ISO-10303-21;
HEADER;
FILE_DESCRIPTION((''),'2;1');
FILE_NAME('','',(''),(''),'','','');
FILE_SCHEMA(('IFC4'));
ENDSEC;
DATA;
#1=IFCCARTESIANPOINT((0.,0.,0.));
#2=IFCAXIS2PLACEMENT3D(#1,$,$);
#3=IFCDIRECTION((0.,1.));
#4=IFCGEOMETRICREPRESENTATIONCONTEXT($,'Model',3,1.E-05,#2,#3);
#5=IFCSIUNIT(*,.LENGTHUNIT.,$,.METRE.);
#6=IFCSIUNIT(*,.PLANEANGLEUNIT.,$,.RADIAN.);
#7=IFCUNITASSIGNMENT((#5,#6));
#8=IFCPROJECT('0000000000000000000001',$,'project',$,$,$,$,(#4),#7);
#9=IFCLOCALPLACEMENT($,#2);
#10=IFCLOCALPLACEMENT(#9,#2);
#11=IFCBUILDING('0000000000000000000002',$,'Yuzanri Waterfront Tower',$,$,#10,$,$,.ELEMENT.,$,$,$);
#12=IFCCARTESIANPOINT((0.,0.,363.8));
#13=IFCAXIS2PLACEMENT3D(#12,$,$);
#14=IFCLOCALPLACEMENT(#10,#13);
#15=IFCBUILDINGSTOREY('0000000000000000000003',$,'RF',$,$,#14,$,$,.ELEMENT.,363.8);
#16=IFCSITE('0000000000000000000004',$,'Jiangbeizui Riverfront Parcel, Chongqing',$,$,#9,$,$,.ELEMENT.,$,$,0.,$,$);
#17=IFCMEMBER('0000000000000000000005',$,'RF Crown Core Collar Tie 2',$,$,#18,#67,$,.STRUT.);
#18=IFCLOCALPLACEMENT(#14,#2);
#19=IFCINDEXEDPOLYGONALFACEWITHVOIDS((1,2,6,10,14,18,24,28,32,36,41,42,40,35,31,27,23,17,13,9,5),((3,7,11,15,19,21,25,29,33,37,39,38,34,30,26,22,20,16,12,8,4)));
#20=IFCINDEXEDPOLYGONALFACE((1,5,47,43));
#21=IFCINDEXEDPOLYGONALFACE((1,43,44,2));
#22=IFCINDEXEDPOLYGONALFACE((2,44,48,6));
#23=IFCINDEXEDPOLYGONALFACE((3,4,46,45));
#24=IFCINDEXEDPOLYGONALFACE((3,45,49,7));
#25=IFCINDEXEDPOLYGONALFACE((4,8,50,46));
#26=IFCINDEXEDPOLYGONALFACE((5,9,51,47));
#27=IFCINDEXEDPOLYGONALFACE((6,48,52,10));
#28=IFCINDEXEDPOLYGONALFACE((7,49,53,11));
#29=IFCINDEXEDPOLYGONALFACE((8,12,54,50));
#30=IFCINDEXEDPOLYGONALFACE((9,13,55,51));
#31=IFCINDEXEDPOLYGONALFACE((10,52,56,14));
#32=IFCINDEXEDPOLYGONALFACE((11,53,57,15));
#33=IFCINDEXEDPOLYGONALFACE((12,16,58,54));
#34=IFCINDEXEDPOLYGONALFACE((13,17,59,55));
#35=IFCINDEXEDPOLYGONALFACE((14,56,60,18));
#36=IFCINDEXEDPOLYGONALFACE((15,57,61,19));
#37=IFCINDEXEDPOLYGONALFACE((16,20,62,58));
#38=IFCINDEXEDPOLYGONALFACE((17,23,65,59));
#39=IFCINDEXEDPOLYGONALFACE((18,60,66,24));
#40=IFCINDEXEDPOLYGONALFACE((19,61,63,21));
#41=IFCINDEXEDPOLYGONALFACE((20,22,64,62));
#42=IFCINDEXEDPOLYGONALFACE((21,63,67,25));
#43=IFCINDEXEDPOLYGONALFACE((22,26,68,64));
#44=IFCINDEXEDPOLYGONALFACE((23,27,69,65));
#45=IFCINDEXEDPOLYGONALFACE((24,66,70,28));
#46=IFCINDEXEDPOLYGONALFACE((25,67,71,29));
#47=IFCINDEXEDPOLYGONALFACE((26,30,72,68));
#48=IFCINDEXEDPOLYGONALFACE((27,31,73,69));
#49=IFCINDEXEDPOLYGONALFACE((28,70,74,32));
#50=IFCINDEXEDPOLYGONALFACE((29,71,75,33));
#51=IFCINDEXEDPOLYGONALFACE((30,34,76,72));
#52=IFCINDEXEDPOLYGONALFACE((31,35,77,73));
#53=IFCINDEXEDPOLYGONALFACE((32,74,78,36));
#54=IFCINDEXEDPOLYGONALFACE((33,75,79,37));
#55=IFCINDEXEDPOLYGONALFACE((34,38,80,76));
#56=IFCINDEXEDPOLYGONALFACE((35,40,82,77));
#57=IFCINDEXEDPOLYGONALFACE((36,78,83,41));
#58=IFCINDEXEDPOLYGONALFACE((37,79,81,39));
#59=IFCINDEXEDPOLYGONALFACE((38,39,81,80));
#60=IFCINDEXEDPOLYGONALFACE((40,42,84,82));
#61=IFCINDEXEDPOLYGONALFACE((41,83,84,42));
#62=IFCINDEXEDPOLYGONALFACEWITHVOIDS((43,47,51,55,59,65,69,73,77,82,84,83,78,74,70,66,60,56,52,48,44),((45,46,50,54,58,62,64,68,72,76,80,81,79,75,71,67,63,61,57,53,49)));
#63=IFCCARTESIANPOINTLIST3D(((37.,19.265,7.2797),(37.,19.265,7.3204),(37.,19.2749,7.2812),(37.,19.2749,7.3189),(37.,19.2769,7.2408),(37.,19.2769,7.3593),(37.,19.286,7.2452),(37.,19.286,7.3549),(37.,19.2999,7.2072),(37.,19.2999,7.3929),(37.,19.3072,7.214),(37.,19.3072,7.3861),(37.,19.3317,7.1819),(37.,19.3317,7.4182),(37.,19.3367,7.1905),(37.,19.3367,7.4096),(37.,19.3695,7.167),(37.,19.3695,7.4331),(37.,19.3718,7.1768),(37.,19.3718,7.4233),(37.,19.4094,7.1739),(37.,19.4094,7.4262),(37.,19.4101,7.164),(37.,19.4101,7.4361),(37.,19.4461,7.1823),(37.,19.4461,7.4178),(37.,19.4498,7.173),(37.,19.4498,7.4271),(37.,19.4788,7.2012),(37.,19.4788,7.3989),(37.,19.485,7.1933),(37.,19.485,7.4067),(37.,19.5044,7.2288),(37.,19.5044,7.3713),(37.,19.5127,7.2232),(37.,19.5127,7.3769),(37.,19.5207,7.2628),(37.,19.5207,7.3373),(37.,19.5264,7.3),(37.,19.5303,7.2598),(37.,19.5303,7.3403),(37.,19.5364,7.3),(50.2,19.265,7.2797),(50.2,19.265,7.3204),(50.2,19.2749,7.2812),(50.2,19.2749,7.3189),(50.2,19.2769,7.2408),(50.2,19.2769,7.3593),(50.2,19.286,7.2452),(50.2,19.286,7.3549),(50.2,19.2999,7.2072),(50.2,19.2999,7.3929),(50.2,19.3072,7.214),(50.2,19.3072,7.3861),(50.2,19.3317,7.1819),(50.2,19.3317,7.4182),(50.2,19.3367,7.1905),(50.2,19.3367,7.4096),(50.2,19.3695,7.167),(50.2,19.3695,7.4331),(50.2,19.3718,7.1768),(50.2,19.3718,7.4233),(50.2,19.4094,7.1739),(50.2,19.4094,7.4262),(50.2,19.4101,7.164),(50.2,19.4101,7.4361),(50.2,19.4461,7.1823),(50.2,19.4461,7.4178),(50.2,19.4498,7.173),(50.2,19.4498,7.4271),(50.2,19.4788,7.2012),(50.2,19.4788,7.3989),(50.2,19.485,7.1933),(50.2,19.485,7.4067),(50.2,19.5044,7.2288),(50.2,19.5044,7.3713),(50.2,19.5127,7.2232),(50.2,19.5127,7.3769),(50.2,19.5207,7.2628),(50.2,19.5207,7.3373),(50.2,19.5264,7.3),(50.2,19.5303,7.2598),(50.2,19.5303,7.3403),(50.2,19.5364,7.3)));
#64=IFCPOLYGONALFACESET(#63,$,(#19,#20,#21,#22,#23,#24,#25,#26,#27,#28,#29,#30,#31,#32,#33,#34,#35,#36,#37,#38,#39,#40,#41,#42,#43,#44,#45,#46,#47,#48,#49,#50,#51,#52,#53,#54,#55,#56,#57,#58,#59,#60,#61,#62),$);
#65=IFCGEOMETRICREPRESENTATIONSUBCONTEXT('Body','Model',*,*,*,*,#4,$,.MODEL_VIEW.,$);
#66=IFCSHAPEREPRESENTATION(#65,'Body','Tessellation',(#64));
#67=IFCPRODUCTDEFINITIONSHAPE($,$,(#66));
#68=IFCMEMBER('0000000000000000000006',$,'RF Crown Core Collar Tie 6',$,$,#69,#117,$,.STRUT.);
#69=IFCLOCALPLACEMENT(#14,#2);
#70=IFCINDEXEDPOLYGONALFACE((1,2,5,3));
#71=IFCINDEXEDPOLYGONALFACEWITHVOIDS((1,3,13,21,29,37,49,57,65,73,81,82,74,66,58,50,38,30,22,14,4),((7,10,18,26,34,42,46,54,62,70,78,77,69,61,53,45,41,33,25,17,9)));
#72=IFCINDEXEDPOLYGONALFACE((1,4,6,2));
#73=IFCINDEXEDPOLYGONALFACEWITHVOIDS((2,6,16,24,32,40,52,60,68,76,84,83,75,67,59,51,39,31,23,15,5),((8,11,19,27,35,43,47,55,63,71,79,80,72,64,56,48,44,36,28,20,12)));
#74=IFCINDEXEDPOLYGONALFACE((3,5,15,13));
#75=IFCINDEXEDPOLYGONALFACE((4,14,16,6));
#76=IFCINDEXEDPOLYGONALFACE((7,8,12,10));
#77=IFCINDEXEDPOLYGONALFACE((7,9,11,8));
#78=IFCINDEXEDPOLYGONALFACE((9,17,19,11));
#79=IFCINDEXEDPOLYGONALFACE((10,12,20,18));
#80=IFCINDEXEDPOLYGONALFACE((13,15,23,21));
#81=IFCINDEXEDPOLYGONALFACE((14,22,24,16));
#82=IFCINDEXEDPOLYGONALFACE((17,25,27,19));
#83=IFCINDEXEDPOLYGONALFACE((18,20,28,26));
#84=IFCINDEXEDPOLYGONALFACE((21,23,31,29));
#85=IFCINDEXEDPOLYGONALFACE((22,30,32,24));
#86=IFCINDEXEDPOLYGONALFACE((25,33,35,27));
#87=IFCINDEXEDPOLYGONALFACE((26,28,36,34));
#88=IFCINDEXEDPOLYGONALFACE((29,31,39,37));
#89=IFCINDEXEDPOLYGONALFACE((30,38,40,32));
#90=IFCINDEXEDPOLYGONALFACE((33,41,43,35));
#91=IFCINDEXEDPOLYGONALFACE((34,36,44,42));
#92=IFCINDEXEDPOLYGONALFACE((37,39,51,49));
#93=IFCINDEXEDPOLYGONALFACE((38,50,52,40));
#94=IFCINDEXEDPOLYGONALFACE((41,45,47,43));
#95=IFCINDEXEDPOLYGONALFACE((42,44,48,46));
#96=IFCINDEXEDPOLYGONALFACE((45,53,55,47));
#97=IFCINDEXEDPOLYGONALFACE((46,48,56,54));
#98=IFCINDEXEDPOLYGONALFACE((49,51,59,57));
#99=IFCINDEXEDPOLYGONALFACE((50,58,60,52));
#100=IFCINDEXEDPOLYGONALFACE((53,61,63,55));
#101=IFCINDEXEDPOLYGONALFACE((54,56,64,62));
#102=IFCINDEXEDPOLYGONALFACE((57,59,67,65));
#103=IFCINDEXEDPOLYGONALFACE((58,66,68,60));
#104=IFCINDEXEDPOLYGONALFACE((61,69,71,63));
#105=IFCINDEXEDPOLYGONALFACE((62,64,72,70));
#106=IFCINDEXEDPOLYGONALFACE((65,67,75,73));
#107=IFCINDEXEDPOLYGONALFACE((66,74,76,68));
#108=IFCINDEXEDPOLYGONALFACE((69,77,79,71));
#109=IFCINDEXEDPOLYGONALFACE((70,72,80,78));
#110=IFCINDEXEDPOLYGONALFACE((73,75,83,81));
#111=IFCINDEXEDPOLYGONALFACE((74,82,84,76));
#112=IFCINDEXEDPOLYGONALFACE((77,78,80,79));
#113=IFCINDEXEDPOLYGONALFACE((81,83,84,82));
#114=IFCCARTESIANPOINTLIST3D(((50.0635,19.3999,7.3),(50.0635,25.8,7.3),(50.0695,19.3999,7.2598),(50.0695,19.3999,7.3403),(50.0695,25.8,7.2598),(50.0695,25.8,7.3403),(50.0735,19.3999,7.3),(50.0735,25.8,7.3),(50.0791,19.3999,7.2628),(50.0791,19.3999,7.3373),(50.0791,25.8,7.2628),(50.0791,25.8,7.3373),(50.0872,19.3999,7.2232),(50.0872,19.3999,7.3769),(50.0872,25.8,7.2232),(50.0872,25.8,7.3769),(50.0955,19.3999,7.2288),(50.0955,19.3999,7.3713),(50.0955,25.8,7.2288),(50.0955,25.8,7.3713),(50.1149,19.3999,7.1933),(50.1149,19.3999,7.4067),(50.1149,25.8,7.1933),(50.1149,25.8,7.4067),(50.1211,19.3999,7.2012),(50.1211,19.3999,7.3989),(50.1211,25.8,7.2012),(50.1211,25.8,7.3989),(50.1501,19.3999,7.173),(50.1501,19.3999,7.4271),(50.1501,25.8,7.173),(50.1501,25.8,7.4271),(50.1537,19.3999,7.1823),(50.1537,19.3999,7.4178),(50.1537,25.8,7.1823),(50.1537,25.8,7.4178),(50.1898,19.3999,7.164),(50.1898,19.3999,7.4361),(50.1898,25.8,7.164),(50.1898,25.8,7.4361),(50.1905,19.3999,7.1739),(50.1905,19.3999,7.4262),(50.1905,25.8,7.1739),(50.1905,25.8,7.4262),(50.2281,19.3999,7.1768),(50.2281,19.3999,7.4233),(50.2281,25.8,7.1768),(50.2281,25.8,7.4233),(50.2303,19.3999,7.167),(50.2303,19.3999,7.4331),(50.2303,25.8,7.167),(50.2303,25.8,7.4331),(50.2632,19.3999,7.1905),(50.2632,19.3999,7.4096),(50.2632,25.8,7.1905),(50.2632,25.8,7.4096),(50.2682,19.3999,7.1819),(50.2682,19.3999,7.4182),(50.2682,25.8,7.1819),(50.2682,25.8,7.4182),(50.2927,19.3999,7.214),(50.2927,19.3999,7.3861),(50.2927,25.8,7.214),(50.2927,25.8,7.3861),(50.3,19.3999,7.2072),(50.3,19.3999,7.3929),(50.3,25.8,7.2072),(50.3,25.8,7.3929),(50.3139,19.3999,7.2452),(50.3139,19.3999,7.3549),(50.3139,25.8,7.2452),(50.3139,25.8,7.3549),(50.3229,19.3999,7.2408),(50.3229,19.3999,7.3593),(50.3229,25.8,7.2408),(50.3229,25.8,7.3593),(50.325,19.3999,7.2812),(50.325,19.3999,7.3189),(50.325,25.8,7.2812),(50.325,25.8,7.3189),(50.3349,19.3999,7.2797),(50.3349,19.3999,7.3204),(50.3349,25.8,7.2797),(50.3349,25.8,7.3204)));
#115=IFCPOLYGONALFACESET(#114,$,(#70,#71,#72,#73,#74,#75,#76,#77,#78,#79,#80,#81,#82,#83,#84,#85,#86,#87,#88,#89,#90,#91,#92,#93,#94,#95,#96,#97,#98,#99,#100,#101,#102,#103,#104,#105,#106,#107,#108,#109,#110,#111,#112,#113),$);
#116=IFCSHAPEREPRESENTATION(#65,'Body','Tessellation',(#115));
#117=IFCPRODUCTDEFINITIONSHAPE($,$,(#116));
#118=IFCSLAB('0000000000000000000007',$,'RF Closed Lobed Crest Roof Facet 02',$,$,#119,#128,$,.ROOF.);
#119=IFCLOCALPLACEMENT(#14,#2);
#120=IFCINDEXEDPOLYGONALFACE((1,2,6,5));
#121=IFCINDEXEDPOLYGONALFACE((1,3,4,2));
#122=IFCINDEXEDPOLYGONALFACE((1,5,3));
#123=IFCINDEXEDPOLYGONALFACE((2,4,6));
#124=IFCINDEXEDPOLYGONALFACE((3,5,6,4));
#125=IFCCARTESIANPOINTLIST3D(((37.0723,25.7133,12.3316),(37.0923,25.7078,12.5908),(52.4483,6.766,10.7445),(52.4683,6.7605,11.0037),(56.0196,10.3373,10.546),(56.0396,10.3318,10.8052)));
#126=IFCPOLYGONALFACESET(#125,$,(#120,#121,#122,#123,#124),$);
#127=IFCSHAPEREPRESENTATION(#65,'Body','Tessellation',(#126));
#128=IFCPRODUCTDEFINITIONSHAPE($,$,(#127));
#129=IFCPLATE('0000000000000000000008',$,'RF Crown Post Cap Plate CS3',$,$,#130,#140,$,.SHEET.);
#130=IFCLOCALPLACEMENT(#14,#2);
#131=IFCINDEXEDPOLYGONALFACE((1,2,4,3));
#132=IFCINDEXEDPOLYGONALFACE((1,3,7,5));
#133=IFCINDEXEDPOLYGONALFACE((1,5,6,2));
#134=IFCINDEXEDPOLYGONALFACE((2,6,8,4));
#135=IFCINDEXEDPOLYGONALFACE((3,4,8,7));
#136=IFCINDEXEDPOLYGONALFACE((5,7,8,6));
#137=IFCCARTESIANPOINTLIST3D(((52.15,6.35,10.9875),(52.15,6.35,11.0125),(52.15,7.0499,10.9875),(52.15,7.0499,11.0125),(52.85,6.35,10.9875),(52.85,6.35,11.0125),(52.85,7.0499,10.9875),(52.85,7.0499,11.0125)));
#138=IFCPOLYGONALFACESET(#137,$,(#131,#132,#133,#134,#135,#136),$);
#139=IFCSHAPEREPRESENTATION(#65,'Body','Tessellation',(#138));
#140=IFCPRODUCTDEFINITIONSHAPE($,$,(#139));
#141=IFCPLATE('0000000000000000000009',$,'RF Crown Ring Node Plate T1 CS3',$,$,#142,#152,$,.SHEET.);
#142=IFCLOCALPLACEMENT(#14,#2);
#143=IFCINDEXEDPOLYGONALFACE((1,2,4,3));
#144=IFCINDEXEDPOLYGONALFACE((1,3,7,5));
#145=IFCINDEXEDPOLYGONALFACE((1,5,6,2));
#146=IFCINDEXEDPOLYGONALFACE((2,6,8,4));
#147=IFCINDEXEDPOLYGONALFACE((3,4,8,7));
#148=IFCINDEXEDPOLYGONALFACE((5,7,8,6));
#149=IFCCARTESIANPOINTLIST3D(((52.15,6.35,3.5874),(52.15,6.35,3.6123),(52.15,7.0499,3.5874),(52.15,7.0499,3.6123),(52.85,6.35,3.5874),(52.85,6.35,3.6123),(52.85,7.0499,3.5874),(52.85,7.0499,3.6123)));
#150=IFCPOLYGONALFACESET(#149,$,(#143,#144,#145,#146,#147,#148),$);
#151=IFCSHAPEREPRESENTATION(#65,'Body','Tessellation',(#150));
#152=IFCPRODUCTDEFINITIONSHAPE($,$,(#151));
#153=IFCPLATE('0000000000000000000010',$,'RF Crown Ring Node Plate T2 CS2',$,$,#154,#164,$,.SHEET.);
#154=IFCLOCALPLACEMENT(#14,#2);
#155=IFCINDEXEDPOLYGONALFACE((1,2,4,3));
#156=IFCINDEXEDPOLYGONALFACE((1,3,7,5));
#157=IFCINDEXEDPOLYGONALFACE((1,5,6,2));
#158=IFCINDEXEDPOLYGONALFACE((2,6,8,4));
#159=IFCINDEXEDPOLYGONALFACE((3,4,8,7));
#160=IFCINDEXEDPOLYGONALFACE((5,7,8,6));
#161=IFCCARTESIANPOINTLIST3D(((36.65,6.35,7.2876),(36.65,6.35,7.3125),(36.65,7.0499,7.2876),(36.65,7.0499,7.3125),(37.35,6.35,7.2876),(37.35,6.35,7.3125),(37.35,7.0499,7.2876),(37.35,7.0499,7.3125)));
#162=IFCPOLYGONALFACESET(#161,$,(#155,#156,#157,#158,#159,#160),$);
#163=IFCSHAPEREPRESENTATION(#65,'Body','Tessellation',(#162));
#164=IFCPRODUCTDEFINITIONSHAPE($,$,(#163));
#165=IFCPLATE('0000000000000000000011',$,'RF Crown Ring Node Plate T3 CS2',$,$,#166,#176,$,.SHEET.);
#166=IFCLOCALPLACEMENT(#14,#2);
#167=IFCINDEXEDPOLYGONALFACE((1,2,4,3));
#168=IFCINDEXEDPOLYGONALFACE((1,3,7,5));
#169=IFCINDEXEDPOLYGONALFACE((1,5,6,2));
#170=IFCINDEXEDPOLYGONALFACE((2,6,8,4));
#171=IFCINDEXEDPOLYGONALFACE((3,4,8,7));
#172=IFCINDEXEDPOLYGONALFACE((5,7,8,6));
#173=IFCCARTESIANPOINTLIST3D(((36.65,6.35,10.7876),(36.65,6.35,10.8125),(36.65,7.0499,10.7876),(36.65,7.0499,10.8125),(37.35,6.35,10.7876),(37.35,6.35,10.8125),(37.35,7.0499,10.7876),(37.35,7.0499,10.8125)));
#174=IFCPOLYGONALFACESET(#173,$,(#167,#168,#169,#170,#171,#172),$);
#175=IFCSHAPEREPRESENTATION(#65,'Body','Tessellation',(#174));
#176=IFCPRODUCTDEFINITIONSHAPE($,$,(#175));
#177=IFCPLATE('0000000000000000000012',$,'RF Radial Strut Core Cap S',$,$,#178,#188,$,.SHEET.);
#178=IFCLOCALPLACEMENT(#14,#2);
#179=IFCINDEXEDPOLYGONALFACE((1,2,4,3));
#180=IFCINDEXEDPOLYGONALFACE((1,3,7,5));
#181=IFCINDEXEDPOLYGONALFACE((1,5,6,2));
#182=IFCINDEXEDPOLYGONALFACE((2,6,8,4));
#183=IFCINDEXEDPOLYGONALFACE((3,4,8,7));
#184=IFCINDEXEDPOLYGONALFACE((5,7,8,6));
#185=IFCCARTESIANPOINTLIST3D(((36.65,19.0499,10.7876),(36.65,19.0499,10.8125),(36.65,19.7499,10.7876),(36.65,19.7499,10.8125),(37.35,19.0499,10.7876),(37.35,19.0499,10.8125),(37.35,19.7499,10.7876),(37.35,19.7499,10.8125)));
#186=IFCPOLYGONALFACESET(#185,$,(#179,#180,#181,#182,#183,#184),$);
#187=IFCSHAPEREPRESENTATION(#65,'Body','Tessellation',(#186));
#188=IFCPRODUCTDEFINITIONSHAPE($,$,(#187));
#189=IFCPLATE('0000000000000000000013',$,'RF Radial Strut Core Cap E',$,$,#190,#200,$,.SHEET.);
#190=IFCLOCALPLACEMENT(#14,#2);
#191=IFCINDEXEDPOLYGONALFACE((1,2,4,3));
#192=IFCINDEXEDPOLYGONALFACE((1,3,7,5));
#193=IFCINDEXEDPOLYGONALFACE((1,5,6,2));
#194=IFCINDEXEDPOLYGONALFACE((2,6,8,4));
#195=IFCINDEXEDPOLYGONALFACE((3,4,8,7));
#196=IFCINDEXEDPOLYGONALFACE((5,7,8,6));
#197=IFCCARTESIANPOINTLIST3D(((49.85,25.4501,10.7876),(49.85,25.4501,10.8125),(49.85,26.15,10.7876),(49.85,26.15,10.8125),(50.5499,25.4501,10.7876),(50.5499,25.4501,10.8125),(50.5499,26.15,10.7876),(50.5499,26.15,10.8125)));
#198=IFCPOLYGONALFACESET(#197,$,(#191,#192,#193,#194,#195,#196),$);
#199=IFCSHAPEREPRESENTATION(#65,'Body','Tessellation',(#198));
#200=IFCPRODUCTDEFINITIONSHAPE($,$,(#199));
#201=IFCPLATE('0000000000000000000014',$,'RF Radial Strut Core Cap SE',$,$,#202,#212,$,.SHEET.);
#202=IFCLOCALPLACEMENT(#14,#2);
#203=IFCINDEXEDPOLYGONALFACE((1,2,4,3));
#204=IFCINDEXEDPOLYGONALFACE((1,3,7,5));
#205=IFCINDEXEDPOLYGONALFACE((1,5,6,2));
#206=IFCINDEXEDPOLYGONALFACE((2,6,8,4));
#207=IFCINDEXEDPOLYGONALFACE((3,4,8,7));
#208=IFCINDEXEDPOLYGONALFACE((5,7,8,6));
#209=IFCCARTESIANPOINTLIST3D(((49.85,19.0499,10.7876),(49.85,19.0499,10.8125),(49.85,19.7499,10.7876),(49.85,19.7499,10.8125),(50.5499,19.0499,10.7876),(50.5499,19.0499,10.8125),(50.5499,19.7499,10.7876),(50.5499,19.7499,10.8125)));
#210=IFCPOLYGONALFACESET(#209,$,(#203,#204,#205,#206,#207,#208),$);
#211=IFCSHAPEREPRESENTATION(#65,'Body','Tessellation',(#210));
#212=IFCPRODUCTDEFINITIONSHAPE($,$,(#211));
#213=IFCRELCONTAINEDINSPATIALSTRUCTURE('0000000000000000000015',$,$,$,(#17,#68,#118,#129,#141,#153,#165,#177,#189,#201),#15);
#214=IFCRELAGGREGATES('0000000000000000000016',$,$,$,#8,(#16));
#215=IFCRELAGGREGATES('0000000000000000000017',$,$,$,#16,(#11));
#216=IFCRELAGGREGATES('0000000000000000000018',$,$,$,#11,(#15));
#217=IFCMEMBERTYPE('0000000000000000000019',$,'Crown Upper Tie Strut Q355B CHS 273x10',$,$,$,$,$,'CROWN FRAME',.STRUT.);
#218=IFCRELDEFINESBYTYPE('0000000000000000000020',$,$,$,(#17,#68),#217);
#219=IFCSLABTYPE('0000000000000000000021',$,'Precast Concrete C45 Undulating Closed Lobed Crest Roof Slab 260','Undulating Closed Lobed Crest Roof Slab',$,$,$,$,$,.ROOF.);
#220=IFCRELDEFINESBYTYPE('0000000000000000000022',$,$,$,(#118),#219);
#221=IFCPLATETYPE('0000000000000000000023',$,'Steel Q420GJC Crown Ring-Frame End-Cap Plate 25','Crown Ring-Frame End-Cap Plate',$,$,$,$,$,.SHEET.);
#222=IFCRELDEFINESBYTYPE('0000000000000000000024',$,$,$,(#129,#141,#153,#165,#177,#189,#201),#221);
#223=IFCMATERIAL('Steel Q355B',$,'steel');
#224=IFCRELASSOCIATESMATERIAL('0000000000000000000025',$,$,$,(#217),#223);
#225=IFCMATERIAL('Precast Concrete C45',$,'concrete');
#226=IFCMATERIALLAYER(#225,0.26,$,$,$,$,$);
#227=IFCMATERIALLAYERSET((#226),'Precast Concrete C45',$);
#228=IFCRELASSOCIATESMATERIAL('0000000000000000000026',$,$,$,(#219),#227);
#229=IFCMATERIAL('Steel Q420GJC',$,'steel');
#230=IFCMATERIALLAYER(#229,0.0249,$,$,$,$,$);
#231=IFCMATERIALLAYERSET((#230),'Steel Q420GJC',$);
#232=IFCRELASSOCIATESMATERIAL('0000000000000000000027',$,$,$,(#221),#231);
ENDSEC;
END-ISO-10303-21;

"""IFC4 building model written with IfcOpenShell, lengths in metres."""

from ifc_helpers import new_model, si_unit, direction, frame, origin, origin_2d, place, context, subcontext, project, spatial, polyline, rectangle, hollow_circle, outline, extrude, source, transform, mapped, material, layer, layer_set, material_profile, profile_set, type_object, element, save


model = new_model("IFC4")

# Units and contexts
model_context = context("Model", 3, precision=1e-05, world=origin(), true_north=direction((0.0, 1.0)))
body_context = subcontext(model_context, "Body", "Model", "MODEL_VIEW")
ifc_project = project(units=[si_unit("LENGTHUNIT", "METRE"), si_unit("PLANEANGLEUNIT", "RADIAN")], contexts=[model_context])

# Site, building, storey
site_placement = place(None, origin())
site = spatial("IfcSite", under=ifc_project, at=site_placement, Name="Jiangbeizui Riverfront Parcel, Chongqing", CompositionType="ELEMENT", RefElevation=0.0)
building_placement = place(site_placement, origin())
building = spatial("IfcBuilding", under=site, at=building_placement, Name="Yuzanri Waterfront Tower", CompositionType="ELEMENT")
storey_placement = place(building_placement, frame((0.0, 0.0, 363.8)))
storey = spatial("IfcBuildingStorey", under=building, at=storey_placement, Name="RF", CompositionType="ELEMENT", Elevation=363.8)

# Members
ifc_material_1 = material(Name="Steel Q355B", Category="steel")
ifc_material_profile_1 = material_profile(ifc_material_1, hollow_circle(Radius=0.1365, WallThickness=0.01, at=origin_2d()), Name="CHS 273x10")
ifc_profile_set_1 = profile_set([ifc_material_profile_1], Name="Steel Q355B")
member_type_1 = type_object("IfcMemberType", Name="Crown Upper Tie Strut Q355B CHS 273x10", ElementType="CROWN FRAME", PredefinedType="STRUT", material=ifc_profile_set_1)
shared_shape_1 = source(origin(), body_context, "Body", "SweptSolid", [
    extrude(hollow_circle(Radius=0.1365, WallThickness=0.01, at=origin_2d()), origin(), (0.0, 0.0, 1.0), 13.2),
])
member_1_placement = place(storey_placement, frame((37.0, 19.3999, 7.3), z_axis=(1.0, 0.0, 0.0), x_axis=(0.0, 1.0, 0.0)))
element("IfcMember", 1, at=member_1_placement, inside=storey, type_object=member_type_1, Name="RF Crown Core Collar Tie 2", PredefinedType="STRUT", context=body_context, shape_type="MappedRepresentation", body=[
    mapped(shared_shape_1, transform((0.0, 0.0, 0.0), scale=1.0)),
])
shared_shape_2 = source(origin(), body_context, "Body", "SweptSolid", [
    extrude(hollow_circle(Radius=0.1365, WallThickness=0.01, at=origin_2d()), origin(), (0.0, 0.0, 1.0), 6.4001),
])
member_2_placement = place(storey_placement, frame((50.2, 19.3999, 7.3), z_axis=(0.0, 1.0, 0.0), x_axis=(-1.0, 0.0, 0.0)))
element("IfcMember", 2, at=member_2_placement, inside=storey, type_object=member_type_1, Name="RF Crown Core Collar Tie 6", PredefinedType="STRUT", context=body_context, shape_type="MappedRepresentation", body=[
    mapped(shared_shape_2, transform((0.0, 0.0, 0.0), scale=1.0)),
])

# Slab
ifc_material_2 = material(Name="Precast Concrete C45", Category="concrete")
ifc_layer_1 = layer(ifc_material_2, 0.26)
ifc_layer_set_1 = layer_set([ifc_layer_1], Name="Precast Concrete C45")
slab_type = type_object("IfcSlabType", Name="Precast Concrete C45 Undulating Closed Lobed Crest Roof Slab 260", Description="Undulating Closed Lobed Crest Roof Slab", PredefinedType="ROOF", material=ifc_layer_set_1)
slab_placement = place(storey_placement, frame((52.4683, 6.7605, 11.0037), z_axis=(0.076678, -0.021276, 0.996829), x_axis=(0.706561, 0.706561, -0.03927)))
element("IfcSlab", 3, at=slab_placement, inside=storey, type_object=slab_type, Name="RF Closed Lobed Crest Roof Facet 02", PredefinedType="ROOF", context=body_context, shape_type="SweptSolid", body=[
    extrude(outline(polyline([(0.0, 0.0), (5.0545, 0.0), (2.461, 24.3286), (0.0, 0.0)])), origin(), (0.0, 0.0, -1.0), 0.26),
])

# Plates
ifc_material_3 = material(Name="Steel Q420GJC", Category="steel")
ifc_layer_2 = layer(ifc_material_3, 0.0249)
ifc_layer_set_2 = layer_set([ifc_layer_2], Name="Steel Q420GJC")
plate_type_1 = type_object("IfcPlateType", Name="Steel Q420GJC Crown Ring-Frame End-Cap Plate 25", Description="Crown Ring-Frame End-Cap Plate", PredefinedType="SHEET", material=ifc_layer_set_2)
shared_shape_3 = source(origin(), body_context, "Body", "SweptSolid", [
    extrude(rectangle(XDim=0.7, YDim=0.7, at=origin_2d()), origin(), (0.0, 0.0, 1.0), 0.0249),
])
for number, where, z_axis, x_axis, name in (
    (4, (52.5, 6.7, 10.9875), (0.0, 0.0, 1.0), (1.0, 0.0, 0.0), "RF Crown Post Cap Plate CS3"),
    (5, (52.5, 6.7, 3.5874), (0.0, 0.0, 1.0), (1.0, 0.0, 0.0), "RF Crown Ring Node Plate T1 CS3"),
    (6, (37.0, 6.7, 7.2876), (0.0, 0.0, 1.0), (1.0, 0.0, 0.0), "RF Crown Ring Node Plate T2 CS2"),
    (7, (37.0, 6.7, 10.7876), (0.0, 0.0, 1.0), (1.0, 0.0, 0.0), "RF Crown Ring Node Plate T3 CS2"),
    (8, (37.0, 19.3999, 10.7876), (0.0, 0.0, 1.0), (1.0, 0.0, 0.0), "RF Radial Strut Core Cap S"),
    (9, (50.2, 25.8, 10.7876), (0.0, 0.0, 1.0), (1.0, 0.0, 0.0), "RF Radial Strut Core Cap E"),
    (10, (50.2, 19.3999, 10.7876), (0.0, 0.0, 1.0), (1.0, 0.0, 0.0), "RF Radial Strut Core Cap SE"),
):
    element("IfcPlate", number, at=place(storey_placement, frame(where, z_axis=z_axis, x_axis=x_axis)), inside=storey, type_object=plate_type_1, Name=name, PredefinedType="SHEET", context=body_context, shape_type="MappedRepresentation", body=[
        mapped(shared_shape_3, transform((0.0, 0.0, 0.0), scale=1.0)),
    ])

save(model, "model.ifc")
